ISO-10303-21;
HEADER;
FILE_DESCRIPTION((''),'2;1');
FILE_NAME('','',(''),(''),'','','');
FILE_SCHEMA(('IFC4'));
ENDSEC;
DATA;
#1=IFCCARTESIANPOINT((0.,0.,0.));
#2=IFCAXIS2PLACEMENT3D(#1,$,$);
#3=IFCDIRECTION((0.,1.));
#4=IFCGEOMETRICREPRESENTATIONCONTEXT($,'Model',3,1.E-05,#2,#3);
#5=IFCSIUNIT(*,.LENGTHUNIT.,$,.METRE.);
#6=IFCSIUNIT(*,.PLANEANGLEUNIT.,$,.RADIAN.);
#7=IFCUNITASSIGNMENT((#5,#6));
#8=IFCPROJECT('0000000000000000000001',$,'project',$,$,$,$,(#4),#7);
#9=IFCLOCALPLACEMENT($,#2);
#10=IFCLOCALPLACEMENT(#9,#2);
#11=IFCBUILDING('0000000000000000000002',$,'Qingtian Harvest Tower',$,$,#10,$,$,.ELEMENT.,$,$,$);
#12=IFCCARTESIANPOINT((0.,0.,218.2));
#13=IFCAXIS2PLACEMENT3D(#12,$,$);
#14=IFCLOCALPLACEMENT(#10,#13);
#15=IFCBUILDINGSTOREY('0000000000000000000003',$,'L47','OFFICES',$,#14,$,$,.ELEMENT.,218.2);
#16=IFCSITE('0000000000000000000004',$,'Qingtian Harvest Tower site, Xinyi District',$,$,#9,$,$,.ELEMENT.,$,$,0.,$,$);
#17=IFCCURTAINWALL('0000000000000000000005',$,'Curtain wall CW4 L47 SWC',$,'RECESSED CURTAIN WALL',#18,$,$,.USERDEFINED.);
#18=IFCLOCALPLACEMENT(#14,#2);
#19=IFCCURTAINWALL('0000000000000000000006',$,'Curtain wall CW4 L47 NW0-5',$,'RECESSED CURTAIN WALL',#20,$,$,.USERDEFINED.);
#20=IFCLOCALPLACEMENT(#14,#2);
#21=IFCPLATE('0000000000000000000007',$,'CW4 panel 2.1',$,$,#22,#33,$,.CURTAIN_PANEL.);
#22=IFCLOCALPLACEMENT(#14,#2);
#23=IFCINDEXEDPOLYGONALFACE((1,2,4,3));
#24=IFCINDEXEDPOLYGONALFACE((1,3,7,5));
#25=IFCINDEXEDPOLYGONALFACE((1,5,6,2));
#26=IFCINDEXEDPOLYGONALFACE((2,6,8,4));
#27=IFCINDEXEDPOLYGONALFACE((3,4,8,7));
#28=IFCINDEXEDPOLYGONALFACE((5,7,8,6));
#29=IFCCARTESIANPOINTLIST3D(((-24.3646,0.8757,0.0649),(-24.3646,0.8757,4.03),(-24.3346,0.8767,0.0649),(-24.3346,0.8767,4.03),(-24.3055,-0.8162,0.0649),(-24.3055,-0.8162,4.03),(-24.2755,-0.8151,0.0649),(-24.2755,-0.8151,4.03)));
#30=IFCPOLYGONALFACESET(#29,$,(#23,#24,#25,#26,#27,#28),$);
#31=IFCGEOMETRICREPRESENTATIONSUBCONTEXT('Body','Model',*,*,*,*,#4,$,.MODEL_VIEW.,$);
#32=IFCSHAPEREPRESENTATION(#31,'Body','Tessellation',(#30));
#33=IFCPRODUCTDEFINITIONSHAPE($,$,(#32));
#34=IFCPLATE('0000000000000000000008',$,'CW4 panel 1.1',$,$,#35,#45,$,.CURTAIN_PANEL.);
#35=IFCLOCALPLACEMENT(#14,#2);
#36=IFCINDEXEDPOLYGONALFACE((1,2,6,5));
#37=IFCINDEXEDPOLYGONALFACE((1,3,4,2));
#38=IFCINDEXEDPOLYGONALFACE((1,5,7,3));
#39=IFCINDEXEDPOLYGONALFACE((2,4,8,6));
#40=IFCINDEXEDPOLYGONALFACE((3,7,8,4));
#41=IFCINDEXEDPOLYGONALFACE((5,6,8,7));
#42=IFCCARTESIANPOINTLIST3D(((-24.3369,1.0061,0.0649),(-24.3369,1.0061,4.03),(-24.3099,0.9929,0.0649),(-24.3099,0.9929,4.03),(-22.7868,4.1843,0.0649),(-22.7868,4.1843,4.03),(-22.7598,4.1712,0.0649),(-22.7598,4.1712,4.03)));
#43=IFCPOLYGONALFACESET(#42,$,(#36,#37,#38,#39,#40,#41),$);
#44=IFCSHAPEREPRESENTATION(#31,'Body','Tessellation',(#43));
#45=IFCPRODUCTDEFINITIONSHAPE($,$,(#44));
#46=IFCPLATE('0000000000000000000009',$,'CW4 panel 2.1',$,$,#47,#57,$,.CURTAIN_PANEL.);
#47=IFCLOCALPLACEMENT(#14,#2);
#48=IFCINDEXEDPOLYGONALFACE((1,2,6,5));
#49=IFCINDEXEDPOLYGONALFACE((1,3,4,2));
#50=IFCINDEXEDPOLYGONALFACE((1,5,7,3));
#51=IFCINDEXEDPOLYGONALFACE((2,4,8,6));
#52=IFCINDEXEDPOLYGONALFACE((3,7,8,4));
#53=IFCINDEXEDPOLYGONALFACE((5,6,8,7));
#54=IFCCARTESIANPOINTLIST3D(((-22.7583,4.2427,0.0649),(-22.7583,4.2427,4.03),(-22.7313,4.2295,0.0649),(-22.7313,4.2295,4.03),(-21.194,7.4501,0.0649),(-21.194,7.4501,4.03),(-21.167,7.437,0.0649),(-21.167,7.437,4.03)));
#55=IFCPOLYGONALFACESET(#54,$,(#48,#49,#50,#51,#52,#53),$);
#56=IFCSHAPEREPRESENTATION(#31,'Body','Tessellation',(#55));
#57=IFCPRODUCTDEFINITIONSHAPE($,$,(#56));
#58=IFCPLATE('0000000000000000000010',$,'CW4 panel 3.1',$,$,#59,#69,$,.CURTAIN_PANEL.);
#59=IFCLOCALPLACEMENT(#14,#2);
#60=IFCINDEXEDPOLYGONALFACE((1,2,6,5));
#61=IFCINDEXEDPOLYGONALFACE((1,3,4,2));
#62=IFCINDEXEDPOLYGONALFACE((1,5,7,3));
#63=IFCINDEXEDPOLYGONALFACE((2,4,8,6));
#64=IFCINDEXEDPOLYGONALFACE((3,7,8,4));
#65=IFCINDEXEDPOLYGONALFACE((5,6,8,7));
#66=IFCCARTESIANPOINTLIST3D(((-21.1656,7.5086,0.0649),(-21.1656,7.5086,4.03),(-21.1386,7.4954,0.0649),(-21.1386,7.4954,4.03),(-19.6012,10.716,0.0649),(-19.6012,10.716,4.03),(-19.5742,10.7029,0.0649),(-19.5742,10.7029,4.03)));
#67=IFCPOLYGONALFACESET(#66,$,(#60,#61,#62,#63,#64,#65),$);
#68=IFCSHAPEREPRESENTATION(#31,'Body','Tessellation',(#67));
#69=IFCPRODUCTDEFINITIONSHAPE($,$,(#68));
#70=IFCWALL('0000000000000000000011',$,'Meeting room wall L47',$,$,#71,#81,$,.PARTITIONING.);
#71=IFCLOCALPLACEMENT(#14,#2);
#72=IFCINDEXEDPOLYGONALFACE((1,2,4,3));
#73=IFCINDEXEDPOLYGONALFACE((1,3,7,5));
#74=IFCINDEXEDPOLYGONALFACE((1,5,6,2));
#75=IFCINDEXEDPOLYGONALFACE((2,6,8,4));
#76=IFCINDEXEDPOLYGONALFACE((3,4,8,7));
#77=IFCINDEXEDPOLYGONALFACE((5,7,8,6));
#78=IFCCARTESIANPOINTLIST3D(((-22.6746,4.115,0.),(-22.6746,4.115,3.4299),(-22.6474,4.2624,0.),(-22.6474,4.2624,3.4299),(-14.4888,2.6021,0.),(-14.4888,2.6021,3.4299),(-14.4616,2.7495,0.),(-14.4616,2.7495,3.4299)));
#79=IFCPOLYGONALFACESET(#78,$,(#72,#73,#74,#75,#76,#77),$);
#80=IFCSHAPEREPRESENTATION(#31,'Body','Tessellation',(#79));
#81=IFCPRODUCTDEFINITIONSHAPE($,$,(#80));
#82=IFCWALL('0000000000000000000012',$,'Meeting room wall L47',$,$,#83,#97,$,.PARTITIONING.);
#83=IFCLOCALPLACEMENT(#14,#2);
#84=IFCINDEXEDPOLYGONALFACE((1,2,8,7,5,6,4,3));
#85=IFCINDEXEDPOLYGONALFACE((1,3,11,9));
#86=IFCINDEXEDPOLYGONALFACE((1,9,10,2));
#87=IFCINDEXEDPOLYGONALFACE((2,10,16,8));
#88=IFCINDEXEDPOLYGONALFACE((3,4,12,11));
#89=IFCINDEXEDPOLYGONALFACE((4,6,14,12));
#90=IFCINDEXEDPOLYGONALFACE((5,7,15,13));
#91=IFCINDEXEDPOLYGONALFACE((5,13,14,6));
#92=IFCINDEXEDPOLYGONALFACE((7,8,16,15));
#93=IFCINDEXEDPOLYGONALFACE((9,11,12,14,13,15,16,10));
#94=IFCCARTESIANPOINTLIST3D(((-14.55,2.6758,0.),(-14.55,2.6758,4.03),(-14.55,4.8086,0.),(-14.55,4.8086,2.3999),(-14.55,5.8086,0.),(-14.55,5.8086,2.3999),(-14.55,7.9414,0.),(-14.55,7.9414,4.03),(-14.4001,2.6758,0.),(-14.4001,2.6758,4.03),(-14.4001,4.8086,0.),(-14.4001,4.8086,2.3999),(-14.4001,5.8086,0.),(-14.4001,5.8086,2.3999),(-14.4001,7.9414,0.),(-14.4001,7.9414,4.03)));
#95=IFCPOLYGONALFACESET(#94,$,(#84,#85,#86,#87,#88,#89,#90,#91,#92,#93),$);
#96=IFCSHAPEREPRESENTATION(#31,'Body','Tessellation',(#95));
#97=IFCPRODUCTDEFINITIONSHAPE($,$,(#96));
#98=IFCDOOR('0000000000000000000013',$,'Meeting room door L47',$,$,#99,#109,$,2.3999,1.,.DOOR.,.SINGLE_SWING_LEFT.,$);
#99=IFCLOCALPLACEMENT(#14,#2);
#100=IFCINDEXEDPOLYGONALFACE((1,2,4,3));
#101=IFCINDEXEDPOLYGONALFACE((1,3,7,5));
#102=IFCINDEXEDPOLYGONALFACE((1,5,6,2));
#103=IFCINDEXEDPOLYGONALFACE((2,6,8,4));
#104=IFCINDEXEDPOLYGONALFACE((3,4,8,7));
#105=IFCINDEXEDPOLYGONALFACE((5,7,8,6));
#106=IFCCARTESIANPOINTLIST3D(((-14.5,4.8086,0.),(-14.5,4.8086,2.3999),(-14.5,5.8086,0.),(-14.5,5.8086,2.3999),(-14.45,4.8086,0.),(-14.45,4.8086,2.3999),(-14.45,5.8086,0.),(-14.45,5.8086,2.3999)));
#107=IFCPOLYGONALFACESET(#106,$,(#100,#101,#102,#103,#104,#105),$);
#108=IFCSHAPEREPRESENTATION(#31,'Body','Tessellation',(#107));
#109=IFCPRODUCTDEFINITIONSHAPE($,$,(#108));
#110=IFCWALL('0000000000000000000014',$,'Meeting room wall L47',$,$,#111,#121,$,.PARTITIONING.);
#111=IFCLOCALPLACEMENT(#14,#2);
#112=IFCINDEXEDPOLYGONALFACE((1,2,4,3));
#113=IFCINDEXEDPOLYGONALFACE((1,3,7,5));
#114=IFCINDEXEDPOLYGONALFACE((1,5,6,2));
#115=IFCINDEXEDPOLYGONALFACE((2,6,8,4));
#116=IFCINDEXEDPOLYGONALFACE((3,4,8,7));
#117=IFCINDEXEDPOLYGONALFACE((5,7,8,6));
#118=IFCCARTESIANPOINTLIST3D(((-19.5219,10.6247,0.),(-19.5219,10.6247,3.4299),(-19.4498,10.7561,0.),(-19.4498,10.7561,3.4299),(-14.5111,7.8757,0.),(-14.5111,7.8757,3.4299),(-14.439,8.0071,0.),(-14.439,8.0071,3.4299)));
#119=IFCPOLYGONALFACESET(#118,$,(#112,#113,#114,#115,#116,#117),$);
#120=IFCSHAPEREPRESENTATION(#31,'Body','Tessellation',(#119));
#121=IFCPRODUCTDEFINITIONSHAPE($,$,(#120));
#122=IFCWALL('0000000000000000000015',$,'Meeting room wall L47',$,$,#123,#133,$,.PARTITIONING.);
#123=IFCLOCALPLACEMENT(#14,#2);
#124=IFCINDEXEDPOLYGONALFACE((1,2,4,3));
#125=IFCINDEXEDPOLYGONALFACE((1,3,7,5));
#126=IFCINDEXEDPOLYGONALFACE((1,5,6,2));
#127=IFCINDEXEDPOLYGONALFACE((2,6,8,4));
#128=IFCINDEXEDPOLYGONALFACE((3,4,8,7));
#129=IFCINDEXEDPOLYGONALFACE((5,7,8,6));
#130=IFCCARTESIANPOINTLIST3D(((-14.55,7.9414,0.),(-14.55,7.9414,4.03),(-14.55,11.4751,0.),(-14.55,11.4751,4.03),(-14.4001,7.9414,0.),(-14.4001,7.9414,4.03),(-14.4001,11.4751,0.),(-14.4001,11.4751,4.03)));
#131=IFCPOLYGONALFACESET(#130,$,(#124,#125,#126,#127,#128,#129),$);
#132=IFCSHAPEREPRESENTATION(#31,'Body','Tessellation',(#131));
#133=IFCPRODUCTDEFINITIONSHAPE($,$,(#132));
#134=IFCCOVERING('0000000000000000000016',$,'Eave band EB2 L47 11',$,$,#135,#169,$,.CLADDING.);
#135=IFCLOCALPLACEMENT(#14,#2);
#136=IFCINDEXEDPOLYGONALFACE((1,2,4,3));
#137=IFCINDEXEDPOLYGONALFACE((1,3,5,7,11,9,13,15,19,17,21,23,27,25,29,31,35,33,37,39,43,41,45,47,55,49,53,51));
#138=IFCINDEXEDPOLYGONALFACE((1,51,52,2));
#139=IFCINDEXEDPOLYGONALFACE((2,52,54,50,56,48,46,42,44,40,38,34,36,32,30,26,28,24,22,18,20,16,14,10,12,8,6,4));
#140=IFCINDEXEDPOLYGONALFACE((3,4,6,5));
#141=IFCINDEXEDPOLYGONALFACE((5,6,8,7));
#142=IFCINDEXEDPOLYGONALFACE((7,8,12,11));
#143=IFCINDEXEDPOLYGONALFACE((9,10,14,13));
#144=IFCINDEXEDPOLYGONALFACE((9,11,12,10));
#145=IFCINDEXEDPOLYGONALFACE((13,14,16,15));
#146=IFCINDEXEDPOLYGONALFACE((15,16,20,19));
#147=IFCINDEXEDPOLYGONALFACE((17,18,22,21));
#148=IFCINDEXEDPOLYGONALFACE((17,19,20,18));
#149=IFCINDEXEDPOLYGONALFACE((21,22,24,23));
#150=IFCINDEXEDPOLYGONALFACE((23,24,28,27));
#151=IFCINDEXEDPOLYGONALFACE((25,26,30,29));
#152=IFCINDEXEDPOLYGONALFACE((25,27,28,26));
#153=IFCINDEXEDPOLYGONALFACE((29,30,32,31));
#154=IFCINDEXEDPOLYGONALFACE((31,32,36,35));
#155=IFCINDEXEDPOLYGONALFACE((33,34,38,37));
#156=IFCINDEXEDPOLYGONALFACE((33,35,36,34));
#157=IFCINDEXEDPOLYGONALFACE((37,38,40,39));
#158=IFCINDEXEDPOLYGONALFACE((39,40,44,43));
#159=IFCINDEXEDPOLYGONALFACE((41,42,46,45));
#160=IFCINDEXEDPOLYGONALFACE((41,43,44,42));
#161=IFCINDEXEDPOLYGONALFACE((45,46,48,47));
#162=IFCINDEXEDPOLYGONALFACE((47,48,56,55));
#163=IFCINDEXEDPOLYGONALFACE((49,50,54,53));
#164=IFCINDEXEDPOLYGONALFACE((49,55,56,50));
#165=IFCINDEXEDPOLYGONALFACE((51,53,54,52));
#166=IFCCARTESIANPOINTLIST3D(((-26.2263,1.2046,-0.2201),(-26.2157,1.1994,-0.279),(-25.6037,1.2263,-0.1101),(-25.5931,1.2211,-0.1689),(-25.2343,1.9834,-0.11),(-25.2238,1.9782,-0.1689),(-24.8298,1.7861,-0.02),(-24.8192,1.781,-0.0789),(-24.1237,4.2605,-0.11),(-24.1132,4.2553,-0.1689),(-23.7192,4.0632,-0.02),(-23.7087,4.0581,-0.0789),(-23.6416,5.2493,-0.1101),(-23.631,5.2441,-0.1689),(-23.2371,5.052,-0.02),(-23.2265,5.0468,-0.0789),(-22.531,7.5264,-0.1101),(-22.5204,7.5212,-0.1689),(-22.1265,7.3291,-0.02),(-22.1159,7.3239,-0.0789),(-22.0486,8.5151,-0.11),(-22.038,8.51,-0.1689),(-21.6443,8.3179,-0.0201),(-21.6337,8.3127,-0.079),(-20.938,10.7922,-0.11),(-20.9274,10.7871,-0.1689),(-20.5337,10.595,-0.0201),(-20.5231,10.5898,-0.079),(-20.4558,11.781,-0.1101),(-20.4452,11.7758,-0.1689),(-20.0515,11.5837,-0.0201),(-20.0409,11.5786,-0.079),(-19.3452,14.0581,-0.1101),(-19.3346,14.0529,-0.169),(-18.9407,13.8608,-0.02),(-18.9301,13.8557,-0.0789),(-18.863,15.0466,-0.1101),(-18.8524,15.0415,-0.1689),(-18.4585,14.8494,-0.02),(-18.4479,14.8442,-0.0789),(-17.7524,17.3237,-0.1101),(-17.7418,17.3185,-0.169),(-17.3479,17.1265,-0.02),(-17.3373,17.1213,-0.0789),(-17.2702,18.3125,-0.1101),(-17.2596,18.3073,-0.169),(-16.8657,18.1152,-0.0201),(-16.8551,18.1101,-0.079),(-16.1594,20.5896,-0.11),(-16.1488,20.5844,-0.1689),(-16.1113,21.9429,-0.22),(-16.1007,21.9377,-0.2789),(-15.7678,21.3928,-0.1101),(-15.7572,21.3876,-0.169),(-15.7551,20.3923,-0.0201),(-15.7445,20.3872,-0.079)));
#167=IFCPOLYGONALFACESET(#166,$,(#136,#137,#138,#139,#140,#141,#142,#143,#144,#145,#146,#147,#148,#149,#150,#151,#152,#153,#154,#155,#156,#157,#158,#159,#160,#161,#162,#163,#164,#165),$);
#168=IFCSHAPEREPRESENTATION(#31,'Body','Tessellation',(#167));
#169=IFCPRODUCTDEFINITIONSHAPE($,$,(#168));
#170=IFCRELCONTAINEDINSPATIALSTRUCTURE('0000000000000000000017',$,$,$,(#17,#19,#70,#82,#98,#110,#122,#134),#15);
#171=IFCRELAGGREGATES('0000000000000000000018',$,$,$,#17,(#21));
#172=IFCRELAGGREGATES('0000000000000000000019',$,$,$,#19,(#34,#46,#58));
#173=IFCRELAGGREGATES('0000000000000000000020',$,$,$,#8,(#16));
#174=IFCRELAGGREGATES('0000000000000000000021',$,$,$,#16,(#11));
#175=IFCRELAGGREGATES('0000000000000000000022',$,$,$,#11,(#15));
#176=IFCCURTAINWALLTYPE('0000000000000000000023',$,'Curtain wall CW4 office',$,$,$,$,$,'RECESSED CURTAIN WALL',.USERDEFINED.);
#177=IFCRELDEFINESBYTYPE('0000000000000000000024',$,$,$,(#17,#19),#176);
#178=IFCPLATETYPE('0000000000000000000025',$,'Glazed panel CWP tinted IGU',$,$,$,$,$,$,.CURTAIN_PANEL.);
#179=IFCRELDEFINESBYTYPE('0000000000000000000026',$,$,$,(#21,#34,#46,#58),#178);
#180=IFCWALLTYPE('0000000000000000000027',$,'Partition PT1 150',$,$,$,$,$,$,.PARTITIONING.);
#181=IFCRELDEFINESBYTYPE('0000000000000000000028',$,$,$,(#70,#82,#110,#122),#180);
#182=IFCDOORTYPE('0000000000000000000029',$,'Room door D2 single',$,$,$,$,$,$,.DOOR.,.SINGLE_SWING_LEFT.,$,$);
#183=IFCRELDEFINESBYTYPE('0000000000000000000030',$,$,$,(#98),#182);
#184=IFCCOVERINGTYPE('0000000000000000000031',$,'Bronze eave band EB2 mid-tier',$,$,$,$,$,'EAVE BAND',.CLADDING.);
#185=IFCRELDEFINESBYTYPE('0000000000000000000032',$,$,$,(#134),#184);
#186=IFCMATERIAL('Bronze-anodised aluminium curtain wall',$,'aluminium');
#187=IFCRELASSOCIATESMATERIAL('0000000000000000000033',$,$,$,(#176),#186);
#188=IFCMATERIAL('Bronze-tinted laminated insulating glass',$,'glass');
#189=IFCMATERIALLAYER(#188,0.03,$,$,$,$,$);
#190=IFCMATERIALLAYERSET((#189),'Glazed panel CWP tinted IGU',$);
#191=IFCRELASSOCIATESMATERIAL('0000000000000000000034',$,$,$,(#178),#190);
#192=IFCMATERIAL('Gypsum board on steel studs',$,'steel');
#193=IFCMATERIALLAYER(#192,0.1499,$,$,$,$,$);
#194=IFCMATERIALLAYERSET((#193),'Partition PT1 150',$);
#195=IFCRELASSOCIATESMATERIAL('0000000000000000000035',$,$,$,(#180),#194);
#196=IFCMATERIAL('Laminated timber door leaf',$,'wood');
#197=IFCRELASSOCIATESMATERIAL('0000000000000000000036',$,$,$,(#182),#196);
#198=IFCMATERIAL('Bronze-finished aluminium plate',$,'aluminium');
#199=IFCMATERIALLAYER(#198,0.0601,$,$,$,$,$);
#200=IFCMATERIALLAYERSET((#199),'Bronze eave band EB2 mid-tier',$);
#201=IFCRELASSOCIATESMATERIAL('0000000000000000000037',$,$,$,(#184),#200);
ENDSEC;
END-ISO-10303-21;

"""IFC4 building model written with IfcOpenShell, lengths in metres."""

from ifc_helpers import new_model, si_unit, direction, frame, frame_2d, origin, origin_2d, place, context, subcontext, project, spatial, polyline, rectangle, outline, extrude, material, layer, layer_set, type_object, element, fill, aggregate, save


model = new_model("IFC4")

# Units and contexts
model_context = context("Model", 3, precision=1e-05, world=origin(), true_north=direction((0.0, 1.0)))
body_context = subcontext(model_context, "Body", "Model", "MODEL_VIEW")
ifc_project = project(units=[si_unit("LENGTHUNIT", "METRE"), si_unit("PLANEANGLEUNIT", "RADIAN")], contexts=[model_context])

# Site, building, storey
site_placement = place(None, origin())
site = spatial("IfcSite", under=ifc_project, at=site_placement, Name="Qingtian Harvest Tower site, Xinyi District", CompositionType="ELEMENT", RefElevation=0.0)
building_placement = place(site_placement, origin())
building = spatial("IfcBuilding", under=site, at=building_placement, Name="Qingtian Harvest Tower", CompositionType="ELEMENT")
storey_placement = place(building_placement, frame((0.0, 0.0, 218.2)))
storey = spatial("IfcBuildingStorey", under=building, at=storey_placement, Name="L47", Description="OFFICES", CompositionType="ELEMENT", Elevation=218.2)

# Curtain wall
ifc_material_1 = material(Name="Bronze-anodised aluminium curtain wall", Category="aluminium")
curtain_wall_type = type_object("IfcCurtainWallType", Name="Curtain wall CW4 office", ElementType="RECESSED CURTAIN WALL", PredefinedType="USERDEFINED", material=ifc_material_1)
curtain_wall_1_placement = place(storey_placement, origin())
curtain_wall_1 = element("IfcCurtainWall", 1, at=curtain_wall_1_placement, inside=storey, type_object=curtain_wall_type, Name="Curtain wall CW4 L47 SWC", ObjectType="RECESSED CURTAIN WALL", PredefinedType="USERDEFINED")

# Curtain wall
curtain_wall_2_placement = place(storey_placement, origin())
curtain_wall_2 = element("IfcCurtainWall", 2, at=curtain_wall_2_placement, inside=storey, type_object=curtain_wall_type, Name="Curtain wall CW4 L47 NW0-5", ObjectType="RECESSED CURTAIN WALL", PredefinedType="USERDEFINED")

# Plates
ifc_material_2 = material(Name="Bronze-tinted laminated insulating glass", Category="glass")
ifc_layer_1 = layer(ifc_material_2, 0.03)
ifc_layer_set_1 = layer_set([ifc_layer_1], Name="Glazed panel CWP tinted IGU")
plate_type = type_object("IfcPlateType", Name="Glazed panel CWP tinted IGU", PredefinedType="CURTAIN_PANEL", material=ifc_layer_set_1)
plate_1_placement = place(storey_placement, frame((-24.3201, 0.0303, 0.0649), z_axis=(0.0, 0.0, 1.0), x_axis=(-0.034899, 0.999391, 0.0)))
plate_1 = element("IfcPlate", 3, at=plate_1_placement, type_object=plate_type, Name="CW4 panel 2.1", PredefinedType="CURTAIN_PANEL", context=body_context, shape_type="SweptSolid", body=[
    extrude(rectangle(XDim=1.6929, YDim=0.03, at=origin_2d()), origin(), (0.0, 0.0, 1.0), 3.9651),
])
aggregate(curtain_wall_1, [plate_1])
plate_2_placement = place(storey_placement, frame((-23.5483, 2.5886, 0.0649), z_axis=(0.0, 0.0, 1.0), x_axis=(0.438371, 0.898794, 0.0)))
plate_2 = element("IfcPlate", 4, at=plate_2_placement, type_object=plate_type, Name="CW4 panel 1.1", PredefinedType="CURTAIN_PANEL", context=body_context, shape_type="SweptSolid", body=[
    extrude(rectangle(XDim=3.5361, YDim=0.03, at=origin_2d()), origin(), (0.0, 0.0, 1.0), 3.9651),
])
plate_3_placement = place(storey_placement, frame((-21.9626, 5.8398, 0.0649), z_axis=(0.0, 0.0, 1.0), x_axis=(0.438371, 0.898794, 0.0)))
plate_3 = element("IfcPlate", 5, at=plate_3_placement, type_object=plate_type, Name="CW4 panel 2.1", PredefinedType="CURTAIN_PANEL", context=body_context, shape_type="SweptSolid", body=[
    extrude(rectangle(XDim=3.5686, YDim=0.03, at=origin_2d()), origin(), (0.0, 0.0, 1.0), 3.9651),
])
plate_4_placement = place(storey_placement, frame((-20.3699, 9.1057, 0.0649), z_axis=(0.0, 0.0, 1.0), x_axis=(0.438371, 0.898794, 0.0)))
plate_4 = element("IfcPlate", 6, at=plate_4_placement, type_object=plate_type, Name="CW4 panel 3.1", PredefinedType="CURTAIN_PANEL", context=body_context, shape_type="SweptSolid", body=[
    extrude(rectangle(XDim=3.5686, YDim=0.03, at=origin_2d()), origin(), (0.0, 0.0, 1.0), 3.9651),
])
aggregate(curtain_wall_2, [plate_2, plate_3, plate_4])

# Wall
ifc_material_3 = material(Name="Gypsum board on steel studs", Category="steel")
ifc_layer_2 = layer(ifc_material_3, 0.1499)
ifc_layer_set_2 = layer_set([ifc_layer_2], Name="Partition PT1 150")
wall_type = type_object("IfcWallType", Name="Partition PT1 150", PredefinedType="PARTITIONING", material=ifc_layer_set_2)
wall_1_placement = place(storey_placement, frame((-22.6609, 4.1887, 0.0), z_axis=(0.0, 0.0, 1.0), x_axis=(0.983345, -0.181747, 0.0)))
element("IfcWall", 7, at=wall_1_placement, inside=storey, type_object=wall_type, Name="Meeting room wall L47", PredefinedType="PARTITIONING", context=body_context, shape_type="SweptSolid", body=[
    extrude(rectangle(XDim=8.3245, YDim=0.1499, at=frame_2d((4.1621, 0.0))), origin(), (0.0, 0.0, 1.0), 3.4299),
])

# Wall, opening, door
wall_2_placement = place(storey_placement, frame((-14.4751, 2.6758, 0.0), z_axis=(0.0, 0.0, 1.0), x_axis=(0.0, 1.0, 0.0)))
wall_2 = element("IfcWall", 8, at=wall_2_placement, inside=storey, type_object=wall_type, Name="Meeting room wall L47", PredefinedType="PARTITIONING", context=body_context, shape_type="SweptSolid", body=[
    extrude(rectangle(XDim=5.2656, YDim=0.1499, at=frame_2d((2.6328, 0.0))), origin(), (0.0, 0.0, 1.0), 4.03),
])
opening_placement = place(wall_2_placement, frame((2.1328, 0.0, 0.0)))
opening = element("IfcOpeningElement", 9, at=opening_placement, cuts=wall_2, PredefinedType="OPENING", context=body_context, shape_type="SweptSolid", body=[
    extrude(rectangle(XDim=1.0, YDim=2.3999, at=frame_2d((0.5, 1.2))), frame((0.0, 0.085, 0.0), z_axis=(0.0, -1.0, 0.0), x_axis=(1.0, 0.0, 0.0)), (0.0, 0.0, 1.0), 0.1699),
])
ifc_material_4 = material(Name="Laminated timber door leaf", Category="wood")
door_type = type_object("IfcDoorType", Name="Room door D2 single", OperationType="SINGLE_SWING_LEFT", PredefinedType="DOOR", material=ifc_material_4)
door_placement = place(opening_placement, origin())
door = element("IfcDoor", 10, at=door_placement, inside=storey, type_object=door_type, Name="Meeting room door L47", OperationType="SINGLE_SWING_LEFT", OverallHeight=2.3999, OverallWidth=1.0, PredefinedType="DOOR", context=body_context, shape_type="SweptSolid", body=[
    extrude(rectangle(XDim=1.0, YDim=2.3999, at=frame_2d((0.5, 1.2))), frame((0.0, 0.0249, 0.0), z_axis=(0.0, -1.0, 0.0), x_axis=(1.0, 0.0, 0.0)), (0.0, 0.0, 1.0), 0.05),
])
fill(opening, door)

# Walls
wall_3_placement = place(storey_placement, frame((-19.4858, 10.6904, 0.0), z_axis=(0.0, 0.0, 1.0), x_axis=(0.876724, -0.480994, 0.0)))
element("IfcWall", 11, at=wall_3_placement, inside=storey, type_object=wall_type, Name="Meeting room wall L47", PredefinedType="PARTITIONING", context=body_context, shape_type="SweptSolid", body=[
    extrude(rectangle(XDim=5.7153, YDim=0.1499, at=frame_2d((2.8577, 0.0))), origin(), (0.0, 0.0, 1.0), 3.4299),
])
wall_4_placement = place(storey_placement, frame((-14.4751, 7.9414, 0.0), z_axis=(0.0, 0.0, 1.0), x_axis=(0.0, 1.0, 0.0)))
element("IfcWall", 12, at=wall_4_placement, inside=storey, type_object=wall_type, Name="Meeting room wall L47", PredefinedType="PARTITIONING", context=body_context, shape_type="SweptSolid", body=[
    extrude(rectangle(XDim=3.5337, YDim=0.1499, at=frame_2d((1.7668, 0.0))), origin(), (0.0, 0.0, 1.0), 4.03),
])

# Covering
ifc_material_5 = material(Name="Bronze-finished aluminium plate", Category="aluminium")
ifc_layer_3 = layer(ifc_material_5, 0.0601)
ifc_layer_set_3 = layer_set([ifc_layer_3], Name="Bronze eave band EB2 mid-tier")
covering_type = type_object("IfcCoveringType", Name="Bronze eave band EB2 mid-tier", ElementType="EAVE BAND", PredefinedType="CLADDING", material=ifc_layer_set_3)
covering_placement = place(storey_placement, frame((-24.8298, 1.7861, -0.02), z_axis=(-0.17627, 0.085974, 0.98058), x_axis=(-0.881376, 0.429784, -0.196119)))
element("IfcCovering", 13, at=covering_placement, inside=storey, type_object=covering_type, Name="Eave band EB2 L47 11", PredefinedType="CLADDING", context=body_context, shape_type="SweptSolid", body=[
    extrude(outline(polyline([(0.0, 0.0), (0.459, 0.0), (0.4591, 0.8424), (1.0201, 1.1348), (1.018, -21.9388), (0.4572, -21.5949), (0.4572, -20.7013), (-0.0016, -20.7012), (-0.0014, -18.1677), (0.4576, -18.1677), (0.4576, -17.0677), (-0.0014, -17.0677), (-0.0012, -14.5342), (0.4578, -14.5342), (0.4579, -13.4343), (-0.0011, -13.4343), (-0.0006, -10.9007), (0.4581, -10.9008), (0.4581, -9.8007), (-0.0006, -9.8006), (-0.0004, -7.2671), (0.4583, -7.2672), (0.4585, -6.1671), (-0.0004, -6.1671), (-0.0002, -3.6336), (0.4587, -3.6336), (0.4588, -2.5335), (-0.0002, -2.5335), (0.0, 0.0)])), origin(), (0.0, 0.0, -1.0), 0.0601),
])

save(model, "model.ifc")
